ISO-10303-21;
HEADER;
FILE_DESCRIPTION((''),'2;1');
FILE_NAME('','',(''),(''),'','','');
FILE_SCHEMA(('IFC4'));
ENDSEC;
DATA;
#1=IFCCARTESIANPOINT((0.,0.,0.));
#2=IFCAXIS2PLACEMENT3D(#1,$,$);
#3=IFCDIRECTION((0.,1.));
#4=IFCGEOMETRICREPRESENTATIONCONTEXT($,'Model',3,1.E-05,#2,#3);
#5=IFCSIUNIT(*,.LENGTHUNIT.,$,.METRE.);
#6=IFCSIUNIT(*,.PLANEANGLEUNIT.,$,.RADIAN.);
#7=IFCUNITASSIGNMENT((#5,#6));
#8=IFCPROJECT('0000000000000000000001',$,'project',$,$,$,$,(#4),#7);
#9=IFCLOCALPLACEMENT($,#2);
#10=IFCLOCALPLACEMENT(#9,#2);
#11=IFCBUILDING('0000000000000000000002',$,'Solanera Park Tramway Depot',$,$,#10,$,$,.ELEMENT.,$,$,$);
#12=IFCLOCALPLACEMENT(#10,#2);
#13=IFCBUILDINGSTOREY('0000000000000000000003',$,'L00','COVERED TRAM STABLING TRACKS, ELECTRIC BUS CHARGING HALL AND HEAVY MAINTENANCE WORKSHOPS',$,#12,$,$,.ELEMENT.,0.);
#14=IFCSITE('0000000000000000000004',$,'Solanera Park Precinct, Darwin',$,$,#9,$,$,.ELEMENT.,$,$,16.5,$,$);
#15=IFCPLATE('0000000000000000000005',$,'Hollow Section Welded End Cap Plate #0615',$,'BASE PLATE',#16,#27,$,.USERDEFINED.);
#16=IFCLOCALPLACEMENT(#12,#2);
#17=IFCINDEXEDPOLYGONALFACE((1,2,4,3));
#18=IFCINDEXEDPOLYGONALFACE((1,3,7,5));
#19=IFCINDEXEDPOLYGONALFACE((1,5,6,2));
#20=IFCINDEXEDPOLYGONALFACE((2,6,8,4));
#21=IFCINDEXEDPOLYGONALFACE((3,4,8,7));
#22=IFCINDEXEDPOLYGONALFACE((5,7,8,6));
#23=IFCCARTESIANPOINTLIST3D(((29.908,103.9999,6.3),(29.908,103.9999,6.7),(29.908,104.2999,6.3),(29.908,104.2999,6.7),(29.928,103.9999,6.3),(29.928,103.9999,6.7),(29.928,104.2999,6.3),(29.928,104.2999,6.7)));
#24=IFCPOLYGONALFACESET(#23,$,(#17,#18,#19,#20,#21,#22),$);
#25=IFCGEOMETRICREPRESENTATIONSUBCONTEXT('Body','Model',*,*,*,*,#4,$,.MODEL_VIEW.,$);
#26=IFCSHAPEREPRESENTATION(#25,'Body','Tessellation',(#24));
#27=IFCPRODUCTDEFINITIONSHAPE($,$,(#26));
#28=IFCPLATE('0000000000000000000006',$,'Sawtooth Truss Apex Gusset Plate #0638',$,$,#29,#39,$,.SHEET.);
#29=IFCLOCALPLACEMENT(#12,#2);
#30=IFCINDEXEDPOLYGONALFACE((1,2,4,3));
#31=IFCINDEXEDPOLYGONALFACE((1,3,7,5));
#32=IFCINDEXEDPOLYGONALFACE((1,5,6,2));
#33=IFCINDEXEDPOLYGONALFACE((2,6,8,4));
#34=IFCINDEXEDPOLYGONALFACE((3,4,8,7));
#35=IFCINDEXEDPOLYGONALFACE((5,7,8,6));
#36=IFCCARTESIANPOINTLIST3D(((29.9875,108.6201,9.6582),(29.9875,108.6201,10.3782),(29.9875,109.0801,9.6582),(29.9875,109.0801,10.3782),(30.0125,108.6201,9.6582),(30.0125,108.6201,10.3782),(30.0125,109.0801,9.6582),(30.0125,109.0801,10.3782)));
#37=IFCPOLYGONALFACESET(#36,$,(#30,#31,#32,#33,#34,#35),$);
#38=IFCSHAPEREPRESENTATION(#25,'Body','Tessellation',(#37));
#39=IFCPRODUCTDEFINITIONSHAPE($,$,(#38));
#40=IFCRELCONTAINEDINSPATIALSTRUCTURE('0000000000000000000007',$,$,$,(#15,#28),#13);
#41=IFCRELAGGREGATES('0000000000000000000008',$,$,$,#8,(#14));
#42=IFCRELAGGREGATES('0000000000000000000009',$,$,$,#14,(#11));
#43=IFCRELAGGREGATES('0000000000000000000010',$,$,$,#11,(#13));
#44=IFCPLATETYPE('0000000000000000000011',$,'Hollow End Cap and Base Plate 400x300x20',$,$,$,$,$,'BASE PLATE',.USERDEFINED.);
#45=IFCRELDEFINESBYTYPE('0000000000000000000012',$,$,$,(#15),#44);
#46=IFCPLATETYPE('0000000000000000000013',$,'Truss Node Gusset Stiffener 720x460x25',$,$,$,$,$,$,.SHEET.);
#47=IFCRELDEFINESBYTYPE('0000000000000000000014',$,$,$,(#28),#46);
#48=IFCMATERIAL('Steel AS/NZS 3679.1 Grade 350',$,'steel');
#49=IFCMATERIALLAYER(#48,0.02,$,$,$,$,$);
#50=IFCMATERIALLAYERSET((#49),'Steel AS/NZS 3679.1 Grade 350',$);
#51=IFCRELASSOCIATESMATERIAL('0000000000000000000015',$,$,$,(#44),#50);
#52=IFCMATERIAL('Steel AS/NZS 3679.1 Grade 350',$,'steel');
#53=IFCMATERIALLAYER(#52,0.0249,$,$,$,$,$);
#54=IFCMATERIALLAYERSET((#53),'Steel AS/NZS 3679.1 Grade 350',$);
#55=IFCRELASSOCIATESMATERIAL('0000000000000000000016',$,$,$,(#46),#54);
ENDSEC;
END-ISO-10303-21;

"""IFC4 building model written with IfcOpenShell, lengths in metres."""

from ifc_helpers import new_model, si_unit, direction, frame, origin, origin_2d, place, context, subcontext, project, spatial, rectangle, extrude, material, layer, layer_set, type_object, element, save


model = new_model("IFC4")

# Units and contexts
model_context = context("Model", 3, precision=1e-05, world=origin(), true_north=direction((0.0, 1.0)))
body_context = subcontext(model_context, "Body", "Model", "MODEL_VIEW")
ifc_project = project(units=[si_unit("LENGTHUNIT", "METRE"), si_unit("PLANEANGLEUNIT", "RADIAN")], contexts=[model_context])

# Site, building, storey
site_placement = place(None, origin())
site = spatial("IfcSite", under=ifc_project, at=site_placement, Name="Solanera Park Precinct, Darwin", CompositionType="ELEMENT", RefElevation=16.5)
building_placement = place(site_placement, origin())
building = spatial("IfcBuilding", under=site, at=building_placement, Name="Solanera Park Tramway Depot", CompositionType="ELEMENT")
storey_placement = place(building_placement, origin())
storey = spatial("IfcBuildingStorey", under=building, at=storey_placement, Name="L00", Description="COVERED TRAM STABLING TRACKS, ELECTRIC BUS CHARGING HALL AND HEAVY MAINTENANCE WORKSHOPS", CompositionType="ELEMENT", Elevation=0.0)

# Plates
ifc_material_1 = material(Name="Steel AS/NZS 3679.1 Grade 350", Category="steel")
ifc_layer_1 = layer(ifc_material_1, 0.02)
ifc_layer_set_1 = layer_set([ifc_layer_1], Name="Steel AS/NZS 3679.1 Grade 350")
plate_type_1 = type_object("IfcPlateType", Name="Hollow End Cap and Base Plate 400x300x20", ElementType="BASE PLATE", PredefinedType="USERDEFINED", material=ifc_layer_set_1)
plate_1_placement = place(storey_placement, frame((29.918, 104.1499, 6.3), z_axis=(0.0, 0.0, 1.0), x_axis=(1.0, 0.0, 0.0)))
element("IfcPlate", 1, at=plate_1_placement, inside=storey, type_object=plate_type_1, Name="Hollow Section Welded End Cap Plate #0615", ObjectType="BASE PLATE", PredefinedType="USERDEFINED", context=body_context, shape_type="SweptSolid", body=[
    extrude(rectangle(XDim=0.02, YDim=0.3, at=origin_2d()), origin(), (0.0, 0.0, 1.0), 0.3999),
])
ifc_material_2 = material(Name="Steel AS/NZS 3679.1 Grade 350", Category="steel")
ifc_layer_2 = layer(ifc_material_2, 0.0249)
ifc_layer_set_2 = layer_set([ifc_layer_2], Name="Steel AS/NZS 3679.1 Grade 350")
plate_type_2 = type_object("IfcPlateType", Name="Truss Node Gusset Stiffener 720x460x25", PredefinedType="SHEET", material=ifc_layer_set_2)
plate_2_placement = place(storey_placement, frame((30.0, 108.8501, 9.6582), z_axis=(0.0, 0.0, 1.0), x_axis=(1.0, 0.0, 0.0)))
element("IfcPlate", 2, at=plate_2_placement, inside=storey, type_object=plate_type_2, Name="Sawtooth Truss Apex Gusset Plate #0638", PredefinedType="SHEET", context=body_context, shape_type="SweptSolid", body=[
    extrude(rectangle(XDim=0.0249, YDim=0.46, at=origin_2d()), origin(), (0.0, 0.0, 1.0), 0.72),
])

save(model, "model.ifc")
